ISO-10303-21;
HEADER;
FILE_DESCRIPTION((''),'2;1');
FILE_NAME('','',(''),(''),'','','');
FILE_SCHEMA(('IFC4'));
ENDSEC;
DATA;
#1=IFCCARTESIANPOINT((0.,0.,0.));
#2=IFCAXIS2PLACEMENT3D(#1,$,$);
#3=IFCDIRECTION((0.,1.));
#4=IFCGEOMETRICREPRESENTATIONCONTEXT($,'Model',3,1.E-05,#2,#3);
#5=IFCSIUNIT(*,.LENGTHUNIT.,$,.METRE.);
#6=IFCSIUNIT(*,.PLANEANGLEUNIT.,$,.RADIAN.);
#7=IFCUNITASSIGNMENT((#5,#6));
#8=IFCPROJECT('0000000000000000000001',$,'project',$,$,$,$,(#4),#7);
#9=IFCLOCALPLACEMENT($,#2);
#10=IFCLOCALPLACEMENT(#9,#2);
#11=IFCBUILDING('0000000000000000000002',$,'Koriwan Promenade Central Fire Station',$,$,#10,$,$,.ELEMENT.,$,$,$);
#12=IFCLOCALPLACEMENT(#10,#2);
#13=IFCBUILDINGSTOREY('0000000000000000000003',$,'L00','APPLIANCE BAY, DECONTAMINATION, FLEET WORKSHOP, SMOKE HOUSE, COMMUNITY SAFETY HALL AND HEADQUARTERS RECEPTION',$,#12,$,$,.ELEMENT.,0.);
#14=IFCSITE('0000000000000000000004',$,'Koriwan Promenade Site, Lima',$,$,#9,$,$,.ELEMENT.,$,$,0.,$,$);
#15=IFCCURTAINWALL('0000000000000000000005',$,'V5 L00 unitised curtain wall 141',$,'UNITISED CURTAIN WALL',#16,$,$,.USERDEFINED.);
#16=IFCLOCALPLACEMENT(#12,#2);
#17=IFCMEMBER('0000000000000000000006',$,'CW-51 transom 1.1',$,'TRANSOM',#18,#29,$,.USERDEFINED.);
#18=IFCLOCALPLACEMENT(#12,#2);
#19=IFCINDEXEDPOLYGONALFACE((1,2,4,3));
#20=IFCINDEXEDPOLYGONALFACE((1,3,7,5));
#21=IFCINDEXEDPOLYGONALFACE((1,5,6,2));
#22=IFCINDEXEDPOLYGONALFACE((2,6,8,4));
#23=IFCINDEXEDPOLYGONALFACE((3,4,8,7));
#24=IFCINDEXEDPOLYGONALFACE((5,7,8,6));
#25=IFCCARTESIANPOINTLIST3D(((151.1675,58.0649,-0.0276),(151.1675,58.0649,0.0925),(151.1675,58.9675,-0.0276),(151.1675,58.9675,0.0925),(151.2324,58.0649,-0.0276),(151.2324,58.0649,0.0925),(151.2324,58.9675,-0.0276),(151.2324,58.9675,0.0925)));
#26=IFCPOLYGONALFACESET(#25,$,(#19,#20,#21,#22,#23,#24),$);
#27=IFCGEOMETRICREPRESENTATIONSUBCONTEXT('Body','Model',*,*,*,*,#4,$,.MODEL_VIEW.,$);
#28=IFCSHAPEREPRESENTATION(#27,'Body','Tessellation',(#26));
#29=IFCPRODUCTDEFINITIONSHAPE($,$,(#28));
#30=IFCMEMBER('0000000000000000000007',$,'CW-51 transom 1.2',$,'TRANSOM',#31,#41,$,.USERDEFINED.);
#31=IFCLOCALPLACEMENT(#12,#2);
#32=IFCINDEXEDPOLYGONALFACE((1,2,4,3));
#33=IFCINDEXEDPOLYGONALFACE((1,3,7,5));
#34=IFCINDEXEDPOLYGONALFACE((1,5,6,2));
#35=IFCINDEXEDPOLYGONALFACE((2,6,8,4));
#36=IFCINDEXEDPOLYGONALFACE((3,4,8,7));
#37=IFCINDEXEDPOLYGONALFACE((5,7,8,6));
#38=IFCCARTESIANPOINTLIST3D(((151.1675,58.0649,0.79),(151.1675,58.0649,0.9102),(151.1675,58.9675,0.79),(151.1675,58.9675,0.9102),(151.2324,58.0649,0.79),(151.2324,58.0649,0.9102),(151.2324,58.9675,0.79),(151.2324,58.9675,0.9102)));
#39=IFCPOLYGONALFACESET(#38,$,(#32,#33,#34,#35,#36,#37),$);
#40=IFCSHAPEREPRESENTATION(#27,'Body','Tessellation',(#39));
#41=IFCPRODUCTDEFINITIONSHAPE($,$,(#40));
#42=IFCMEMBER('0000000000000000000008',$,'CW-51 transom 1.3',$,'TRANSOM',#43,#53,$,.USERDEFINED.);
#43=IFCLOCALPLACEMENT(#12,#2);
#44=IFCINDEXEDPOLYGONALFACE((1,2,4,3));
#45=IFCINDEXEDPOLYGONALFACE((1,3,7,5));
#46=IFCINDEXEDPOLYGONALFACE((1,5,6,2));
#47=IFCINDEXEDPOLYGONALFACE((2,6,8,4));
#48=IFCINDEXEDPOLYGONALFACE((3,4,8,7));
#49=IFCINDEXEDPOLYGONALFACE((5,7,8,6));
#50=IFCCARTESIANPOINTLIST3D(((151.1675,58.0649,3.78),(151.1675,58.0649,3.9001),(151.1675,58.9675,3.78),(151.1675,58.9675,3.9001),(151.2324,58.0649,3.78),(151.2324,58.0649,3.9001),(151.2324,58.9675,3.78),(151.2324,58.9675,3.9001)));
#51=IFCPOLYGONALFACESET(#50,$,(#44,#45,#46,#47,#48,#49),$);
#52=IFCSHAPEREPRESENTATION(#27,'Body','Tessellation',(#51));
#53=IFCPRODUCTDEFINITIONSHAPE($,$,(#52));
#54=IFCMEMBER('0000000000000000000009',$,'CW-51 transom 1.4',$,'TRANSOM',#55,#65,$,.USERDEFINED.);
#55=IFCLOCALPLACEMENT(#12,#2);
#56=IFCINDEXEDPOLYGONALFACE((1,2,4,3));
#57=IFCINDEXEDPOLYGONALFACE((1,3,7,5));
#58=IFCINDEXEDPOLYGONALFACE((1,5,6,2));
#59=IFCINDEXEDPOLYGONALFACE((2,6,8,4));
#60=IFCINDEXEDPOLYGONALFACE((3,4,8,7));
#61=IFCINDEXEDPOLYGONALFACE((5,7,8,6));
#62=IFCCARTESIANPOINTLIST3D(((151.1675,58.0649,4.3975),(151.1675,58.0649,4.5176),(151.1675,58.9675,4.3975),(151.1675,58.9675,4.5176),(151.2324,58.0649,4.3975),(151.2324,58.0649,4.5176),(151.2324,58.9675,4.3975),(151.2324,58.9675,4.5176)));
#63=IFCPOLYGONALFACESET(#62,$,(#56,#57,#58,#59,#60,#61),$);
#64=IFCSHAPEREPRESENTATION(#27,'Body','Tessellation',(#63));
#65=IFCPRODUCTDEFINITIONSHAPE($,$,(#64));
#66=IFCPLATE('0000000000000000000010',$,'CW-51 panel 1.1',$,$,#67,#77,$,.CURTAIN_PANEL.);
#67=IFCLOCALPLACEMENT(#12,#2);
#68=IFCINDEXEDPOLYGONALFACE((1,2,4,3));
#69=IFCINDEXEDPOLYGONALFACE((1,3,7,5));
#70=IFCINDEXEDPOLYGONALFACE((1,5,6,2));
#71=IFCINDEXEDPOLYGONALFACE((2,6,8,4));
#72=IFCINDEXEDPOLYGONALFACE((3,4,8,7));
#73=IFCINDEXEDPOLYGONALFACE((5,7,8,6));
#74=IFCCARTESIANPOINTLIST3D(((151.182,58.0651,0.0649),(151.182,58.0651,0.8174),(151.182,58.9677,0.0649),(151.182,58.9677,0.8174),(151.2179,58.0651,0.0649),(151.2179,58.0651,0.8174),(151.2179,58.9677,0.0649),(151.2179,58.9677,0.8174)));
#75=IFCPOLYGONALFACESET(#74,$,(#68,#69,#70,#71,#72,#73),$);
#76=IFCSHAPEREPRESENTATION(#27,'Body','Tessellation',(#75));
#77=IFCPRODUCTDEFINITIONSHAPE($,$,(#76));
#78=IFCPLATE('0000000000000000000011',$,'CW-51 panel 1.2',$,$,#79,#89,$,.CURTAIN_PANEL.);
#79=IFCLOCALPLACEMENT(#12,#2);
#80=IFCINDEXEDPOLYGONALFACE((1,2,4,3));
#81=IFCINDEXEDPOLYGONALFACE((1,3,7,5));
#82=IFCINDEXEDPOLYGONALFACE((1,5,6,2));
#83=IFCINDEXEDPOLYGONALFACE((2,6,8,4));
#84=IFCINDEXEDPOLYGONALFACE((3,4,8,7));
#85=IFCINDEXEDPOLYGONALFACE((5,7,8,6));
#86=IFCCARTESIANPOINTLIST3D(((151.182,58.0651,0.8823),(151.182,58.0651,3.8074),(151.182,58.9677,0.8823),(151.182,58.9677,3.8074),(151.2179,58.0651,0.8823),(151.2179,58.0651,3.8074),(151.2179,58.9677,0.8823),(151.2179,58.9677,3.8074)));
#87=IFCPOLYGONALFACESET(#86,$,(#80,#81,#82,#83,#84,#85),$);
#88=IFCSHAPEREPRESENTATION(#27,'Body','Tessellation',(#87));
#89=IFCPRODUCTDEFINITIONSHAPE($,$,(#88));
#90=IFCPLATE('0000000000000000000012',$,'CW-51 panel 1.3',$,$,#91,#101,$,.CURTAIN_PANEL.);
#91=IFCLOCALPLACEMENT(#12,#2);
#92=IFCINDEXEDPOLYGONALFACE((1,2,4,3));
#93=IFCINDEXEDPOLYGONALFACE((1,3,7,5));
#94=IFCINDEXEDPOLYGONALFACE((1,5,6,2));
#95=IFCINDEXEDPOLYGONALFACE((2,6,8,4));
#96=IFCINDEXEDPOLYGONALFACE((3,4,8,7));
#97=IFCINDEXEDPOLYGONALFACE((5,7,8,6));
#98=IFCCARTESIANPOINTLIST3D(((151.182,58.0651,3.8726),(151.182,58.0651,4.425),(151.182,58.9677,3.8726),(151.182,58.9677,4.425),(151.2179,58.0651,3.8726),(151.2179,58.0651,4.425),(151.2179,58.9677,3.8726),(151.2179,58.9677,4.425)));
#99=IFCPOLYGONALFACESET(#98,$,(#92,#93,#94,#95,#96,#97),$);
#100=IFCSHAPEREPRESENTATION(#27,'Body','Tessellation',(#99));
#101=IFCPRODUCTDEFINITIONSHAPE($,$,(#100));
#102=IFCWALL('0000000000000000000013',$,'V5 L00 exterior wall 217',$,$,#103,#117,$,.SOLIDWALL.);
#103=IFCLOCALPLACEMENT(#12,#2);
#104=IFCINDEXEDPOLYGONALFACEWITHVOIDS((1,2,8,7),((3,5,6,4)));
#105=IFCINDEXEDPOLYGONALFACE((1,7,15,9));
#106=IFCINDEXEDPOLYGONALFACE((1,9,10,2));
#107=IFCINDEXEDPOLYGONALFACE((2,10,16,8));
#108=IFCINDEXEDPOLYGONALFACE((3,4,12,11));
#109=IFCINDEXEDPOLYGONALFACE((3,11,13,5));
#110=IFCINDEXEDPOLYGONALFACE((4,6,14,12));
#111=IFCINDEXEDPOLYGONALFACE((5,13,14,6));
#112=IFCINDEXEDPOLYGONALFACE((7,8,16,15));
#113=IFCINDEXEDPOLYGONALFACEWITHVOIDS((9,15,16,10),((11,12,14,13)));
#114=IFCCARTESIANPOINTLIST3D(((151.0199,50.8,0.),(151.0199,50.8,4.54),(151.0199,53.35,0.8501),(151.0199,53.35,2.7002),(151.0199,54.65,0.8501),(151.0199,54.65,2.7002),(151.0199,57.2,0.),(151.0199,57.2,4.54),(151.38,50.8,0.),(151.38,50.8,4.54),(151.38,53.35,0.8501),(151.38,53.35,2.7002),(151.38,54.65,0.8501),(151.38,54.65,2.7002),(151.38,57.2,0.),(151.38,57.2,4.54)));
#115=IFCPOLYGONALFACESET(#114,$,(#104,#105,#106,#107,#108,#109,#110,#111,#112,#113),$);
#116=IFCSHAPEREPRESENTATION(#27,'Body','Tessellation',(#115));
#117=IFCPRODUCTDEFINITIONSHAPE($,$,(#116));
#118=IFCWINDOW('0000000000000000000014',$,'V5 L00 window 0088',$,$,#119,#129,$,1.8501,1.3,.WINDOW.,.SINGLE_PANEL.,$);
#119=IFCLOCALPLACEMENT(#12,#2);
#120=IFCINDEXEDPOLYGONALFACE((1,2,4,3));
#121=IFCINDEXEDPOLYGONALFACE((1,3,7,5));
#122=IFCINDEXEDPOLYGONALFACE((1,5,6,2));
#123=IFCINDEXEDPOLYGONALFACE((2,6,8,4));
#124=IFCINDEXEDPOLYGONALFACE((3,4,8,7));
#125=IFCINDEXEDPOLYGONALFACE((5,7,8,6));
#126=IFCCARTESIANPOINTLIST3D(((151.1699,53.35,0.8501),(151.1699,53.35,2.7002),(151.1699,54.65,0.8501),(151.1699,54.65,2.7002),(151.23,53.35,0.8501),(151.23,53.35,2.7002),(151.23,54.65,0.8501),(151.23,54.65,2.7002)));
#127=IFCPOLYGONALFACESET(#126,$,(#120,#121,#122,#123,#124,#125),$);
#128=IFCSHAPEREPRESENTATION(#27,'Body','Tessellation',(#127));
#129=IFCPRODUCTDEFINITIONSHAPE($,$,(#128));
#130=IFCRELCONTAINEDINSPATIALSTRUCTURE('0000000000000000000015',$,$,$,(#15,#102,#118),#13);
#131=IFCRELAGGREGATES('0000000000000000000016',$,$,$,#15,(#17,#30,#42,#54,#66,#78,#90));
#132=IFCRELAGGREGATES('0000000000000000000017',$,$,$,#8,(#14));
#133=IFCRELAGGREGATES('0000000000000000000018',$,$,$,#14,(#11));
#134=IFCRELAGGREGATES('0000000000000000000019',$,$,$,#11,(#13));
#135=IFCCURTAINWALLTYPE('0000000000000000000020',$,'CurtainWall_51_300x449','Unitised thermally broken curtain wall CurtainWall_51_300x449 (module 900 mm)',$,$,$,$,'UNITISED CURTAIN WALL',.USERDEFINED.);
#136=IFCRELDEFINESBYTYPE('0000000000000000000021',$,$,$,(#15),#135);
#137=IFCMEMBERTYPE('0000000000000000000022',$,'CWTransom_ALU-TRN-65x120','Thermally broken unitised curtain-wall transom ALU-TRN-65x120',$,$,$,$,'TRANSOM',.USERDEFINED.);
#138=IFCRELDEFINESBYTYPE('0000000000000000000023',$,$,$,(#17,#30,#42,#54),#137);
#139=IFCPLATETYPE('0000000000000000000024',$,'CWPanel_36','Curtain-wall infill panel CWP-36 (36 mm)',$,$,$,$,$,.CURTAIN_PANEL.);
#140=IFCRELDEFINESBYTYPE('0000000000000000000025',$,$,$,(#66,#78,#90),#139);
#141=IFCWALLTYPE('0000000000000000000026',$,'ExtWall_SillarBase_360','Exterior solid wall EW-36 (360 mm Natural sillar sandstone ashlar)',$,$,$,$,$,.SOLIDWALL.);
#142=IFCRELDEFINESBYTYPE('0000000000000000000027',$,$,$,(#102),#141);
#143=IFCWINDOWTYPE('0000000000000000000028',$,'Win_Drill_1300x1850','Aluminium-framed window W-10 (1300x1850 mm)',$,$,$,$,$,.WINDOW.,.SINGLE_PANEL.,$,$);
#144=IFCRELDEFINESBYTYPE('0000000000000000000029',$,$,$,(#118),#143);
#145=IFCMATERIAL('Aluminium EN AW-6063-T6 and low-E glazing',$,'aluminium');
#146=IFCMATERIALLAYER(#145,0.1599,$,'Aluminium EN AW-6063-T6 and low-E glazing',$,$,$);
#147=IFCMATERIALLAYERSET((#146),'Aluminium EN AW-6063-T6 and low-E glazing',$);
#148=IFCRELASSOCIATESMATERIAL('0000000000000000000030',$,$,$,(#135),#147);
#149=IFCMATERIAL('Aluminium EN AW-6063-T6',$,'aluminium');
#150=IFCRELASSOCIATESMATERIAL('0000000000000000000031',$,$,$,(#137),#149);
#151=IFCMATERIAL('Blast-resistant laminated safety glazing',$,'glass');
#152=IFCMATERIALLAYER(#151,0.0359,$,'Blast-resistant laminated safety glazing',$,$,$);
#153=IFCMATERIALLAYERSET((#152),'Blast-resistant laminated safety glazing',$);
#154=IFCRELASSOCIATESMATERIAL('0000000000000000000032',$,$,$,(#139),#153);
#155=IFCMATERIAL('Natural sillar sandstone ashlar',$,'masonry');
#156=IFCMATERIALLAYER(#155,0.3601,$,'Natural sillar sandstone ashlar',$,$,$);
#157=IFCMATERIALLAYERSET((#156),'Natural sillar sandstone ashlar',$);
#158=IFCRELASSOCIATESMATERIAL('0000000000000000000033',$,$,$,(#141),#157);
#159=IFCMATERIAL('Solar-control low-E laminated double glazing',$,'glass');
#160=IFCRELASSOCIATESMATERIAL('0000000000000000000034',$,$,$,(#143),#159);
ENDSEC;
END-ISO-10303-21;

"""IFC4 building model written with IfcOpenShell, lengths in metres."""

from ifc_helpers import new_model, si_unit, direction, frame, frame_2d, origin, origin_2d, place, context, subcontext, project, spatial, rectangle, extrude, material, layer, layer_set, material_profile, profile_set, type_object, element, fill, aggregate, save


model = new_model("IFC4")

# Units and contexts
model_context = context("Model", 3, precision=1e-05, world=origin(), true_north=direction((0.0, 1.0)))
body_context = subcontext(model_context, "Body", "Model", "MODEL_VIEW")
ifc_project = project(units=[si_unit("LENGTHUNIT", "METRE"), si_unit("PLANEANGLEUNIT", "RADIAN")], contexts=[model_context])

# Site, building, storey
site_placement = place(None, origin())
site = spatial("IfcSite", under=ifc_project, at=site_placement, Name="Koriwan Promenade Site, Lima", CompositionType="ELEMENT", RefElevation=0.0)
building_placement = place(site_placement, origin())
building = spatial("IfcBuilding", under=site, at=building_placement, Name="Koriwan Promenade Central Fire Station", CompositionType="ELEMENT")
storey_placement = place(building_placement, origin())
storey = spatial("IfcBuildingStorey", under=building, at=storey_placement, Name="L00", Description="APPLIANCE BAY, DECONTAMINATION, FLEET WORKSHOP, SMOKE HOUSE, COMMUNITY SAFETY HALL AND HEADQUARTERS RECEPTION", CompositionType="ELEMENT", Elevation=0.0)

# Curtain wall, members, plates
ifc_material_1 = material(Name="Aluminium EN AW-6063-T6 and low-E glazing", Category="aluminium")
ifc_layer_1 = layer(ifc_material_1, 0.1599, Name="Aluminium EN AW-6063-T6 and low-E glazing")
ifc_layer_set_1 = layer_set([ifc_layer_1], Name="Aluminium EN AW-6063-T6 and low-E glazing")
curtain_wall_type = type_object("IfcCurtainWallType", Name="CurtainWall_51_300x449", Description="Unitised thermally broken curtain wall CurtainWall_51_300x449 (module 900 mm)", ElementType="UNITISED CURTAIN WALL", PredefinedType="USERDEFINED", material=ifc_layer_set_1)
curtain_wall_placement = place(storey_placement, origin())
curtain_wall = element("IfcCurtainWall", 1, at=curtain_wall_placement, inside=storey, type_object=curtain_wall_type, Name="V5 L00 unitised curtain wall 141", ObjectType="UNITISED CURTAIN WALL", PredefinedType="USERDEFINED")
ifc_material_2 = material(Name="Aluminium EN AW-6063-T6", Category="aluminium")
ifc_material_profile_1 = material_profile(ifc_material_2, rectangle(XDim=0.0649, YDim=0.1201, at=origin_2d()), Name="ALU-TRN-65x120")
ifc_profile_set_1 = profile_set([ifc_material_profile_1], Name="Aluminium EN AW-6063-T6")
member_type_1 = type_object("IfcMemberType", Name="CWTransom_ALU-TRN-65x120", Description="Thermally broken unitised curtain-wall transom ALU-TRN-65x120", ElementType="TRANSOM", PredefinedType="USERDEFINED", material=ifc_profile_set_1)
member_1_placement = place(storey_placement, frame((151.2, 58.0649, 0.0325), z_axis=(0.0, 1.0, 0.0), x_axis=(-1.0, 0.0, 0.0)))
member_1 = element("IfcMember", 2, at=member_1_placement, type_object=member_type_1, Name="CW-51 transom 1.1", ObjectType="TRANSOM", PredefinedType="USERDEFINED", context=body_context, shape_type="SweptSolid", body=[
    extrude(rectangle(XDim=0.0649, YDim=0.1201, at=origin_2d()), origin(), (0.0, 0.0, 1.0), 0.9026),
])
member_2_placement = place(storey_placement, frame((151.2, 58.0649, 0.8501), z_axis=(0.0, 1.0, 0.0), x_axis=(-1.0, 0.0, 0.0)))
member_2 = element("IfcMember", 3, at=member_2_placement, type_object=member_type_1, Name="CW-51 transom 1.2", ObjectType="TRANSOM", PredefinedType="USERDEFINED", context=body_context, shape_type="SweptSolid", body=[
    extrude(rectangle(XDim=0.0649, YDim=0.1201, at=origin_2d()), origin(), (0.0, 0.0, 1.0), 0.9026),
])
member_3_placement = place(storey_placement, frame((151.2, 58.0649, 3.8401), z_axis=(0.0, 1.0, 0.0), x_axis=(-1.0, 0.0, 0.0)))
member_3 = element("IfcMember", 4, at=member_3_placement, type_object=member_type_1, Name="CW-51 transom 1.3", ObjectType="TRANSOM", PredefinedType="USERDEFINED", context=body_context, shape_type="SweptSolid", body=[
    extrude(rectangle(XDim=0.0649, YDim=0.1201, at=origin_2d()), origin(), (0.0, 0.0, 1.0), 0.9026),
])
member_4_placement = place(storey_placement, frame((151.2, 58.0649, 4.4575), z_axis=(0.0, 1.0, 0.0), x_axis=(-1.0, 0.0, 0.0)))
member_4 = element("IfcMember", 5, at=member_4_placement, type_object=member_type_1, Name="CW-51 transom 1.4", ObjectType="TRANSOM", PredefinedType="USERDEFINED", context=body_context, shape_type="SweptSolid", body=[
    extrude(rectangle(XDim=0.0649, YDim=0.1201, at=origin_2d()), origin(), (0.0, 0.0, 1.0), 0.9026),
])
ifc_material_3 = material(Name="Blast-resistant laminated safety glazing", Category="glass")
ifc_layer_2 = layer(ifc_material_3, 0.0359, Name="Blast-resistant laminated safety glazing")
ifc_layer_set_2 = layer_set([ifc_layer_2], Name="Blast-resistant laminated safety glazing")
plate_type = type_object("IfcPlateType", Name="CWPanel_36", Description="Curtain-wall infill panel CWP-36 (36 mm)", PredefinedType="CURTAIN_PANEL", material=ifc_layer_set_2)
plate_1_placement = place(storey_placement, frame((151.2, 58.5164, 0.0649), z_axis=(0.0, 0.0, 1.0), x_axis=(0.0, 1.0, 0.0)))
plate_1 = element("IfcPlate", 6, at=plate_1_placement, type_object=plate_type, Name="CW-51 panel 1.1", PredefinedType="CURTAIN_PANEL", context=body_context, shape_type="SweptSolid", body=[
    extrude(rectangle(XDim=0.9026, YDim=0.0359, at=origin_2d()), origin(), (0.0, 0.0, 1.0), 0.7524),
])
plate_2_placement = place(storey_placement, frame((151.2, 58.5164, 0.8823), z_axis=(0.0, 0.0, 1.0), x_axis=(0.0, 1.0, 0.0)))
plate_2 = element("IfcPlate", 7, at=plate_2_placement, type_object=plate_type, Name="CW-51 panel 1.2", PredefinedType="CURTAIN_PANEL", context=body_context, shape_type="SweptSolid", body=[
    extrude(rectangle(XDim=0.9026, YDim=0.0359, at=origin_2d()), origin(), (0.0, 0.0, 1.0), 2.925),
])
plate_3_placement = place(storey_placement, frame((151.2, 58.5164, 3.8726), z_axis=(0.0, 0.0, 1.0), x_axis=(0.0, 1.0, 0.0)))
plate_3 = element("IfcPlate", 8, at=plate_3_placement, type_object=plate_type, Name="CW-51 panel 1.3", PredefinedType="CURTAIN_PANEL", context=body_context, shape_type="SweptSolid", body=[
    extrude(rectangle(XDim=0.9026, YDim=0.0359, at=origin_2d()), origin(), (0.0, 0.0, 1.0), 0.5525),
])
aggregate(curtain_wall, [member_1, member_2, member_3, member_4, plate_1, plate_2, plate_3])

# Wall, opening, window
ifc_material_4 = material(Name="Natural sillar sandstone ashlar", Category="masonry")
ifc_layer_3 = layer(ifc_material_4, 0.3601, Name="Natural sillar sandstone ashlar")
ifc_layer_set_3 = layer_set([ifc_layer_3], Name="Natural sillar sandstone ashlar")
wall_type = type_object("IfcWallType", Name="ExtWall_SillarBase_360", Description="Exterior solid wall EW-36 (360 mm Natural sillar sandstone ashlar)", PredefinedType="SOLIDWALL", material=ifc_layer_set_3)
wall_placement = place(storey_placement, frame((151.2, 50.8, 0.0), z_axis=(0.0, 0.0, 1.0), x_axis=(0.0, 1.0, 0.0)))
wall = element("IfcWall", 9, at=wall_placement, inside=storey, type_object=wall_type, Name="V5 L00 exterior wall 217", PredefinedType="SOLIDWALL", context=body_context, shape_type="SweptSolid", body=[
    extrude(rectangle(XDim=6.3999, YDim=0.3601, at=frame_2d((3.2, 0.0))), origin(), (0.0, 0.0, 1.0), 4.54),
])
opening_placement = place(wall_placement, frame((2.55, 0.0, 0.8501)))
opening = element("IfcOpeningElement", 10, at=opening_placement, cuts=wall, PredefinedType="OPENING", context=body_context, shape_type="SweptSolid", body=[
    extrude(rectangle(XDim=1.3, YDim=1.8501, at=frame_2d((0.6499, 0.925))), frame((0.0, 0.1919, 0.0), z_axis=(0.0, -1.0, 0.0), x_axis=(1.0, 0.0, 0.0)), (0.0, 0.0, 1.0), 0.384),
])
ifc_material_5 = material(Name="Solar-control low-E laminated double glazing", Category="glass")
window_type = type_object("IfcWindowType", Name="Win_Drill_1300x1850", Description="Aluminium-framed window W-10 (1300x1850 mm)", PartitioningType="SINGLE_PANEL", PredefinedType="WINDOW", material=ifc_material_5)
window_placement = place(opening_placement, origin())
window = element("IfcWindow", 11, at=window_placement, inside=storey, type_object=window_type, Name="V5 L00 window 0088", OverallHeight=1.8501, OverallWidth=1.3, PartitioningType="SINGLE_PANEL", PredefinedType="WINDOW", context=body_context, shape_type="SweptSolid", body=[
    extrude(rectangle(XDim=1.3, YDim=1.8501, at=frame_2d((0.6499, 0.925))), frame((0.0, 0.03, 0.0), z_axis=(0.0, -1.0, 0.0), x_axis=(1.0, 0.0, 0.0)), (0.0, 0.0, 1.0), 0.0601),
])
fill(opening, window)

save(model, "model.ifc")
